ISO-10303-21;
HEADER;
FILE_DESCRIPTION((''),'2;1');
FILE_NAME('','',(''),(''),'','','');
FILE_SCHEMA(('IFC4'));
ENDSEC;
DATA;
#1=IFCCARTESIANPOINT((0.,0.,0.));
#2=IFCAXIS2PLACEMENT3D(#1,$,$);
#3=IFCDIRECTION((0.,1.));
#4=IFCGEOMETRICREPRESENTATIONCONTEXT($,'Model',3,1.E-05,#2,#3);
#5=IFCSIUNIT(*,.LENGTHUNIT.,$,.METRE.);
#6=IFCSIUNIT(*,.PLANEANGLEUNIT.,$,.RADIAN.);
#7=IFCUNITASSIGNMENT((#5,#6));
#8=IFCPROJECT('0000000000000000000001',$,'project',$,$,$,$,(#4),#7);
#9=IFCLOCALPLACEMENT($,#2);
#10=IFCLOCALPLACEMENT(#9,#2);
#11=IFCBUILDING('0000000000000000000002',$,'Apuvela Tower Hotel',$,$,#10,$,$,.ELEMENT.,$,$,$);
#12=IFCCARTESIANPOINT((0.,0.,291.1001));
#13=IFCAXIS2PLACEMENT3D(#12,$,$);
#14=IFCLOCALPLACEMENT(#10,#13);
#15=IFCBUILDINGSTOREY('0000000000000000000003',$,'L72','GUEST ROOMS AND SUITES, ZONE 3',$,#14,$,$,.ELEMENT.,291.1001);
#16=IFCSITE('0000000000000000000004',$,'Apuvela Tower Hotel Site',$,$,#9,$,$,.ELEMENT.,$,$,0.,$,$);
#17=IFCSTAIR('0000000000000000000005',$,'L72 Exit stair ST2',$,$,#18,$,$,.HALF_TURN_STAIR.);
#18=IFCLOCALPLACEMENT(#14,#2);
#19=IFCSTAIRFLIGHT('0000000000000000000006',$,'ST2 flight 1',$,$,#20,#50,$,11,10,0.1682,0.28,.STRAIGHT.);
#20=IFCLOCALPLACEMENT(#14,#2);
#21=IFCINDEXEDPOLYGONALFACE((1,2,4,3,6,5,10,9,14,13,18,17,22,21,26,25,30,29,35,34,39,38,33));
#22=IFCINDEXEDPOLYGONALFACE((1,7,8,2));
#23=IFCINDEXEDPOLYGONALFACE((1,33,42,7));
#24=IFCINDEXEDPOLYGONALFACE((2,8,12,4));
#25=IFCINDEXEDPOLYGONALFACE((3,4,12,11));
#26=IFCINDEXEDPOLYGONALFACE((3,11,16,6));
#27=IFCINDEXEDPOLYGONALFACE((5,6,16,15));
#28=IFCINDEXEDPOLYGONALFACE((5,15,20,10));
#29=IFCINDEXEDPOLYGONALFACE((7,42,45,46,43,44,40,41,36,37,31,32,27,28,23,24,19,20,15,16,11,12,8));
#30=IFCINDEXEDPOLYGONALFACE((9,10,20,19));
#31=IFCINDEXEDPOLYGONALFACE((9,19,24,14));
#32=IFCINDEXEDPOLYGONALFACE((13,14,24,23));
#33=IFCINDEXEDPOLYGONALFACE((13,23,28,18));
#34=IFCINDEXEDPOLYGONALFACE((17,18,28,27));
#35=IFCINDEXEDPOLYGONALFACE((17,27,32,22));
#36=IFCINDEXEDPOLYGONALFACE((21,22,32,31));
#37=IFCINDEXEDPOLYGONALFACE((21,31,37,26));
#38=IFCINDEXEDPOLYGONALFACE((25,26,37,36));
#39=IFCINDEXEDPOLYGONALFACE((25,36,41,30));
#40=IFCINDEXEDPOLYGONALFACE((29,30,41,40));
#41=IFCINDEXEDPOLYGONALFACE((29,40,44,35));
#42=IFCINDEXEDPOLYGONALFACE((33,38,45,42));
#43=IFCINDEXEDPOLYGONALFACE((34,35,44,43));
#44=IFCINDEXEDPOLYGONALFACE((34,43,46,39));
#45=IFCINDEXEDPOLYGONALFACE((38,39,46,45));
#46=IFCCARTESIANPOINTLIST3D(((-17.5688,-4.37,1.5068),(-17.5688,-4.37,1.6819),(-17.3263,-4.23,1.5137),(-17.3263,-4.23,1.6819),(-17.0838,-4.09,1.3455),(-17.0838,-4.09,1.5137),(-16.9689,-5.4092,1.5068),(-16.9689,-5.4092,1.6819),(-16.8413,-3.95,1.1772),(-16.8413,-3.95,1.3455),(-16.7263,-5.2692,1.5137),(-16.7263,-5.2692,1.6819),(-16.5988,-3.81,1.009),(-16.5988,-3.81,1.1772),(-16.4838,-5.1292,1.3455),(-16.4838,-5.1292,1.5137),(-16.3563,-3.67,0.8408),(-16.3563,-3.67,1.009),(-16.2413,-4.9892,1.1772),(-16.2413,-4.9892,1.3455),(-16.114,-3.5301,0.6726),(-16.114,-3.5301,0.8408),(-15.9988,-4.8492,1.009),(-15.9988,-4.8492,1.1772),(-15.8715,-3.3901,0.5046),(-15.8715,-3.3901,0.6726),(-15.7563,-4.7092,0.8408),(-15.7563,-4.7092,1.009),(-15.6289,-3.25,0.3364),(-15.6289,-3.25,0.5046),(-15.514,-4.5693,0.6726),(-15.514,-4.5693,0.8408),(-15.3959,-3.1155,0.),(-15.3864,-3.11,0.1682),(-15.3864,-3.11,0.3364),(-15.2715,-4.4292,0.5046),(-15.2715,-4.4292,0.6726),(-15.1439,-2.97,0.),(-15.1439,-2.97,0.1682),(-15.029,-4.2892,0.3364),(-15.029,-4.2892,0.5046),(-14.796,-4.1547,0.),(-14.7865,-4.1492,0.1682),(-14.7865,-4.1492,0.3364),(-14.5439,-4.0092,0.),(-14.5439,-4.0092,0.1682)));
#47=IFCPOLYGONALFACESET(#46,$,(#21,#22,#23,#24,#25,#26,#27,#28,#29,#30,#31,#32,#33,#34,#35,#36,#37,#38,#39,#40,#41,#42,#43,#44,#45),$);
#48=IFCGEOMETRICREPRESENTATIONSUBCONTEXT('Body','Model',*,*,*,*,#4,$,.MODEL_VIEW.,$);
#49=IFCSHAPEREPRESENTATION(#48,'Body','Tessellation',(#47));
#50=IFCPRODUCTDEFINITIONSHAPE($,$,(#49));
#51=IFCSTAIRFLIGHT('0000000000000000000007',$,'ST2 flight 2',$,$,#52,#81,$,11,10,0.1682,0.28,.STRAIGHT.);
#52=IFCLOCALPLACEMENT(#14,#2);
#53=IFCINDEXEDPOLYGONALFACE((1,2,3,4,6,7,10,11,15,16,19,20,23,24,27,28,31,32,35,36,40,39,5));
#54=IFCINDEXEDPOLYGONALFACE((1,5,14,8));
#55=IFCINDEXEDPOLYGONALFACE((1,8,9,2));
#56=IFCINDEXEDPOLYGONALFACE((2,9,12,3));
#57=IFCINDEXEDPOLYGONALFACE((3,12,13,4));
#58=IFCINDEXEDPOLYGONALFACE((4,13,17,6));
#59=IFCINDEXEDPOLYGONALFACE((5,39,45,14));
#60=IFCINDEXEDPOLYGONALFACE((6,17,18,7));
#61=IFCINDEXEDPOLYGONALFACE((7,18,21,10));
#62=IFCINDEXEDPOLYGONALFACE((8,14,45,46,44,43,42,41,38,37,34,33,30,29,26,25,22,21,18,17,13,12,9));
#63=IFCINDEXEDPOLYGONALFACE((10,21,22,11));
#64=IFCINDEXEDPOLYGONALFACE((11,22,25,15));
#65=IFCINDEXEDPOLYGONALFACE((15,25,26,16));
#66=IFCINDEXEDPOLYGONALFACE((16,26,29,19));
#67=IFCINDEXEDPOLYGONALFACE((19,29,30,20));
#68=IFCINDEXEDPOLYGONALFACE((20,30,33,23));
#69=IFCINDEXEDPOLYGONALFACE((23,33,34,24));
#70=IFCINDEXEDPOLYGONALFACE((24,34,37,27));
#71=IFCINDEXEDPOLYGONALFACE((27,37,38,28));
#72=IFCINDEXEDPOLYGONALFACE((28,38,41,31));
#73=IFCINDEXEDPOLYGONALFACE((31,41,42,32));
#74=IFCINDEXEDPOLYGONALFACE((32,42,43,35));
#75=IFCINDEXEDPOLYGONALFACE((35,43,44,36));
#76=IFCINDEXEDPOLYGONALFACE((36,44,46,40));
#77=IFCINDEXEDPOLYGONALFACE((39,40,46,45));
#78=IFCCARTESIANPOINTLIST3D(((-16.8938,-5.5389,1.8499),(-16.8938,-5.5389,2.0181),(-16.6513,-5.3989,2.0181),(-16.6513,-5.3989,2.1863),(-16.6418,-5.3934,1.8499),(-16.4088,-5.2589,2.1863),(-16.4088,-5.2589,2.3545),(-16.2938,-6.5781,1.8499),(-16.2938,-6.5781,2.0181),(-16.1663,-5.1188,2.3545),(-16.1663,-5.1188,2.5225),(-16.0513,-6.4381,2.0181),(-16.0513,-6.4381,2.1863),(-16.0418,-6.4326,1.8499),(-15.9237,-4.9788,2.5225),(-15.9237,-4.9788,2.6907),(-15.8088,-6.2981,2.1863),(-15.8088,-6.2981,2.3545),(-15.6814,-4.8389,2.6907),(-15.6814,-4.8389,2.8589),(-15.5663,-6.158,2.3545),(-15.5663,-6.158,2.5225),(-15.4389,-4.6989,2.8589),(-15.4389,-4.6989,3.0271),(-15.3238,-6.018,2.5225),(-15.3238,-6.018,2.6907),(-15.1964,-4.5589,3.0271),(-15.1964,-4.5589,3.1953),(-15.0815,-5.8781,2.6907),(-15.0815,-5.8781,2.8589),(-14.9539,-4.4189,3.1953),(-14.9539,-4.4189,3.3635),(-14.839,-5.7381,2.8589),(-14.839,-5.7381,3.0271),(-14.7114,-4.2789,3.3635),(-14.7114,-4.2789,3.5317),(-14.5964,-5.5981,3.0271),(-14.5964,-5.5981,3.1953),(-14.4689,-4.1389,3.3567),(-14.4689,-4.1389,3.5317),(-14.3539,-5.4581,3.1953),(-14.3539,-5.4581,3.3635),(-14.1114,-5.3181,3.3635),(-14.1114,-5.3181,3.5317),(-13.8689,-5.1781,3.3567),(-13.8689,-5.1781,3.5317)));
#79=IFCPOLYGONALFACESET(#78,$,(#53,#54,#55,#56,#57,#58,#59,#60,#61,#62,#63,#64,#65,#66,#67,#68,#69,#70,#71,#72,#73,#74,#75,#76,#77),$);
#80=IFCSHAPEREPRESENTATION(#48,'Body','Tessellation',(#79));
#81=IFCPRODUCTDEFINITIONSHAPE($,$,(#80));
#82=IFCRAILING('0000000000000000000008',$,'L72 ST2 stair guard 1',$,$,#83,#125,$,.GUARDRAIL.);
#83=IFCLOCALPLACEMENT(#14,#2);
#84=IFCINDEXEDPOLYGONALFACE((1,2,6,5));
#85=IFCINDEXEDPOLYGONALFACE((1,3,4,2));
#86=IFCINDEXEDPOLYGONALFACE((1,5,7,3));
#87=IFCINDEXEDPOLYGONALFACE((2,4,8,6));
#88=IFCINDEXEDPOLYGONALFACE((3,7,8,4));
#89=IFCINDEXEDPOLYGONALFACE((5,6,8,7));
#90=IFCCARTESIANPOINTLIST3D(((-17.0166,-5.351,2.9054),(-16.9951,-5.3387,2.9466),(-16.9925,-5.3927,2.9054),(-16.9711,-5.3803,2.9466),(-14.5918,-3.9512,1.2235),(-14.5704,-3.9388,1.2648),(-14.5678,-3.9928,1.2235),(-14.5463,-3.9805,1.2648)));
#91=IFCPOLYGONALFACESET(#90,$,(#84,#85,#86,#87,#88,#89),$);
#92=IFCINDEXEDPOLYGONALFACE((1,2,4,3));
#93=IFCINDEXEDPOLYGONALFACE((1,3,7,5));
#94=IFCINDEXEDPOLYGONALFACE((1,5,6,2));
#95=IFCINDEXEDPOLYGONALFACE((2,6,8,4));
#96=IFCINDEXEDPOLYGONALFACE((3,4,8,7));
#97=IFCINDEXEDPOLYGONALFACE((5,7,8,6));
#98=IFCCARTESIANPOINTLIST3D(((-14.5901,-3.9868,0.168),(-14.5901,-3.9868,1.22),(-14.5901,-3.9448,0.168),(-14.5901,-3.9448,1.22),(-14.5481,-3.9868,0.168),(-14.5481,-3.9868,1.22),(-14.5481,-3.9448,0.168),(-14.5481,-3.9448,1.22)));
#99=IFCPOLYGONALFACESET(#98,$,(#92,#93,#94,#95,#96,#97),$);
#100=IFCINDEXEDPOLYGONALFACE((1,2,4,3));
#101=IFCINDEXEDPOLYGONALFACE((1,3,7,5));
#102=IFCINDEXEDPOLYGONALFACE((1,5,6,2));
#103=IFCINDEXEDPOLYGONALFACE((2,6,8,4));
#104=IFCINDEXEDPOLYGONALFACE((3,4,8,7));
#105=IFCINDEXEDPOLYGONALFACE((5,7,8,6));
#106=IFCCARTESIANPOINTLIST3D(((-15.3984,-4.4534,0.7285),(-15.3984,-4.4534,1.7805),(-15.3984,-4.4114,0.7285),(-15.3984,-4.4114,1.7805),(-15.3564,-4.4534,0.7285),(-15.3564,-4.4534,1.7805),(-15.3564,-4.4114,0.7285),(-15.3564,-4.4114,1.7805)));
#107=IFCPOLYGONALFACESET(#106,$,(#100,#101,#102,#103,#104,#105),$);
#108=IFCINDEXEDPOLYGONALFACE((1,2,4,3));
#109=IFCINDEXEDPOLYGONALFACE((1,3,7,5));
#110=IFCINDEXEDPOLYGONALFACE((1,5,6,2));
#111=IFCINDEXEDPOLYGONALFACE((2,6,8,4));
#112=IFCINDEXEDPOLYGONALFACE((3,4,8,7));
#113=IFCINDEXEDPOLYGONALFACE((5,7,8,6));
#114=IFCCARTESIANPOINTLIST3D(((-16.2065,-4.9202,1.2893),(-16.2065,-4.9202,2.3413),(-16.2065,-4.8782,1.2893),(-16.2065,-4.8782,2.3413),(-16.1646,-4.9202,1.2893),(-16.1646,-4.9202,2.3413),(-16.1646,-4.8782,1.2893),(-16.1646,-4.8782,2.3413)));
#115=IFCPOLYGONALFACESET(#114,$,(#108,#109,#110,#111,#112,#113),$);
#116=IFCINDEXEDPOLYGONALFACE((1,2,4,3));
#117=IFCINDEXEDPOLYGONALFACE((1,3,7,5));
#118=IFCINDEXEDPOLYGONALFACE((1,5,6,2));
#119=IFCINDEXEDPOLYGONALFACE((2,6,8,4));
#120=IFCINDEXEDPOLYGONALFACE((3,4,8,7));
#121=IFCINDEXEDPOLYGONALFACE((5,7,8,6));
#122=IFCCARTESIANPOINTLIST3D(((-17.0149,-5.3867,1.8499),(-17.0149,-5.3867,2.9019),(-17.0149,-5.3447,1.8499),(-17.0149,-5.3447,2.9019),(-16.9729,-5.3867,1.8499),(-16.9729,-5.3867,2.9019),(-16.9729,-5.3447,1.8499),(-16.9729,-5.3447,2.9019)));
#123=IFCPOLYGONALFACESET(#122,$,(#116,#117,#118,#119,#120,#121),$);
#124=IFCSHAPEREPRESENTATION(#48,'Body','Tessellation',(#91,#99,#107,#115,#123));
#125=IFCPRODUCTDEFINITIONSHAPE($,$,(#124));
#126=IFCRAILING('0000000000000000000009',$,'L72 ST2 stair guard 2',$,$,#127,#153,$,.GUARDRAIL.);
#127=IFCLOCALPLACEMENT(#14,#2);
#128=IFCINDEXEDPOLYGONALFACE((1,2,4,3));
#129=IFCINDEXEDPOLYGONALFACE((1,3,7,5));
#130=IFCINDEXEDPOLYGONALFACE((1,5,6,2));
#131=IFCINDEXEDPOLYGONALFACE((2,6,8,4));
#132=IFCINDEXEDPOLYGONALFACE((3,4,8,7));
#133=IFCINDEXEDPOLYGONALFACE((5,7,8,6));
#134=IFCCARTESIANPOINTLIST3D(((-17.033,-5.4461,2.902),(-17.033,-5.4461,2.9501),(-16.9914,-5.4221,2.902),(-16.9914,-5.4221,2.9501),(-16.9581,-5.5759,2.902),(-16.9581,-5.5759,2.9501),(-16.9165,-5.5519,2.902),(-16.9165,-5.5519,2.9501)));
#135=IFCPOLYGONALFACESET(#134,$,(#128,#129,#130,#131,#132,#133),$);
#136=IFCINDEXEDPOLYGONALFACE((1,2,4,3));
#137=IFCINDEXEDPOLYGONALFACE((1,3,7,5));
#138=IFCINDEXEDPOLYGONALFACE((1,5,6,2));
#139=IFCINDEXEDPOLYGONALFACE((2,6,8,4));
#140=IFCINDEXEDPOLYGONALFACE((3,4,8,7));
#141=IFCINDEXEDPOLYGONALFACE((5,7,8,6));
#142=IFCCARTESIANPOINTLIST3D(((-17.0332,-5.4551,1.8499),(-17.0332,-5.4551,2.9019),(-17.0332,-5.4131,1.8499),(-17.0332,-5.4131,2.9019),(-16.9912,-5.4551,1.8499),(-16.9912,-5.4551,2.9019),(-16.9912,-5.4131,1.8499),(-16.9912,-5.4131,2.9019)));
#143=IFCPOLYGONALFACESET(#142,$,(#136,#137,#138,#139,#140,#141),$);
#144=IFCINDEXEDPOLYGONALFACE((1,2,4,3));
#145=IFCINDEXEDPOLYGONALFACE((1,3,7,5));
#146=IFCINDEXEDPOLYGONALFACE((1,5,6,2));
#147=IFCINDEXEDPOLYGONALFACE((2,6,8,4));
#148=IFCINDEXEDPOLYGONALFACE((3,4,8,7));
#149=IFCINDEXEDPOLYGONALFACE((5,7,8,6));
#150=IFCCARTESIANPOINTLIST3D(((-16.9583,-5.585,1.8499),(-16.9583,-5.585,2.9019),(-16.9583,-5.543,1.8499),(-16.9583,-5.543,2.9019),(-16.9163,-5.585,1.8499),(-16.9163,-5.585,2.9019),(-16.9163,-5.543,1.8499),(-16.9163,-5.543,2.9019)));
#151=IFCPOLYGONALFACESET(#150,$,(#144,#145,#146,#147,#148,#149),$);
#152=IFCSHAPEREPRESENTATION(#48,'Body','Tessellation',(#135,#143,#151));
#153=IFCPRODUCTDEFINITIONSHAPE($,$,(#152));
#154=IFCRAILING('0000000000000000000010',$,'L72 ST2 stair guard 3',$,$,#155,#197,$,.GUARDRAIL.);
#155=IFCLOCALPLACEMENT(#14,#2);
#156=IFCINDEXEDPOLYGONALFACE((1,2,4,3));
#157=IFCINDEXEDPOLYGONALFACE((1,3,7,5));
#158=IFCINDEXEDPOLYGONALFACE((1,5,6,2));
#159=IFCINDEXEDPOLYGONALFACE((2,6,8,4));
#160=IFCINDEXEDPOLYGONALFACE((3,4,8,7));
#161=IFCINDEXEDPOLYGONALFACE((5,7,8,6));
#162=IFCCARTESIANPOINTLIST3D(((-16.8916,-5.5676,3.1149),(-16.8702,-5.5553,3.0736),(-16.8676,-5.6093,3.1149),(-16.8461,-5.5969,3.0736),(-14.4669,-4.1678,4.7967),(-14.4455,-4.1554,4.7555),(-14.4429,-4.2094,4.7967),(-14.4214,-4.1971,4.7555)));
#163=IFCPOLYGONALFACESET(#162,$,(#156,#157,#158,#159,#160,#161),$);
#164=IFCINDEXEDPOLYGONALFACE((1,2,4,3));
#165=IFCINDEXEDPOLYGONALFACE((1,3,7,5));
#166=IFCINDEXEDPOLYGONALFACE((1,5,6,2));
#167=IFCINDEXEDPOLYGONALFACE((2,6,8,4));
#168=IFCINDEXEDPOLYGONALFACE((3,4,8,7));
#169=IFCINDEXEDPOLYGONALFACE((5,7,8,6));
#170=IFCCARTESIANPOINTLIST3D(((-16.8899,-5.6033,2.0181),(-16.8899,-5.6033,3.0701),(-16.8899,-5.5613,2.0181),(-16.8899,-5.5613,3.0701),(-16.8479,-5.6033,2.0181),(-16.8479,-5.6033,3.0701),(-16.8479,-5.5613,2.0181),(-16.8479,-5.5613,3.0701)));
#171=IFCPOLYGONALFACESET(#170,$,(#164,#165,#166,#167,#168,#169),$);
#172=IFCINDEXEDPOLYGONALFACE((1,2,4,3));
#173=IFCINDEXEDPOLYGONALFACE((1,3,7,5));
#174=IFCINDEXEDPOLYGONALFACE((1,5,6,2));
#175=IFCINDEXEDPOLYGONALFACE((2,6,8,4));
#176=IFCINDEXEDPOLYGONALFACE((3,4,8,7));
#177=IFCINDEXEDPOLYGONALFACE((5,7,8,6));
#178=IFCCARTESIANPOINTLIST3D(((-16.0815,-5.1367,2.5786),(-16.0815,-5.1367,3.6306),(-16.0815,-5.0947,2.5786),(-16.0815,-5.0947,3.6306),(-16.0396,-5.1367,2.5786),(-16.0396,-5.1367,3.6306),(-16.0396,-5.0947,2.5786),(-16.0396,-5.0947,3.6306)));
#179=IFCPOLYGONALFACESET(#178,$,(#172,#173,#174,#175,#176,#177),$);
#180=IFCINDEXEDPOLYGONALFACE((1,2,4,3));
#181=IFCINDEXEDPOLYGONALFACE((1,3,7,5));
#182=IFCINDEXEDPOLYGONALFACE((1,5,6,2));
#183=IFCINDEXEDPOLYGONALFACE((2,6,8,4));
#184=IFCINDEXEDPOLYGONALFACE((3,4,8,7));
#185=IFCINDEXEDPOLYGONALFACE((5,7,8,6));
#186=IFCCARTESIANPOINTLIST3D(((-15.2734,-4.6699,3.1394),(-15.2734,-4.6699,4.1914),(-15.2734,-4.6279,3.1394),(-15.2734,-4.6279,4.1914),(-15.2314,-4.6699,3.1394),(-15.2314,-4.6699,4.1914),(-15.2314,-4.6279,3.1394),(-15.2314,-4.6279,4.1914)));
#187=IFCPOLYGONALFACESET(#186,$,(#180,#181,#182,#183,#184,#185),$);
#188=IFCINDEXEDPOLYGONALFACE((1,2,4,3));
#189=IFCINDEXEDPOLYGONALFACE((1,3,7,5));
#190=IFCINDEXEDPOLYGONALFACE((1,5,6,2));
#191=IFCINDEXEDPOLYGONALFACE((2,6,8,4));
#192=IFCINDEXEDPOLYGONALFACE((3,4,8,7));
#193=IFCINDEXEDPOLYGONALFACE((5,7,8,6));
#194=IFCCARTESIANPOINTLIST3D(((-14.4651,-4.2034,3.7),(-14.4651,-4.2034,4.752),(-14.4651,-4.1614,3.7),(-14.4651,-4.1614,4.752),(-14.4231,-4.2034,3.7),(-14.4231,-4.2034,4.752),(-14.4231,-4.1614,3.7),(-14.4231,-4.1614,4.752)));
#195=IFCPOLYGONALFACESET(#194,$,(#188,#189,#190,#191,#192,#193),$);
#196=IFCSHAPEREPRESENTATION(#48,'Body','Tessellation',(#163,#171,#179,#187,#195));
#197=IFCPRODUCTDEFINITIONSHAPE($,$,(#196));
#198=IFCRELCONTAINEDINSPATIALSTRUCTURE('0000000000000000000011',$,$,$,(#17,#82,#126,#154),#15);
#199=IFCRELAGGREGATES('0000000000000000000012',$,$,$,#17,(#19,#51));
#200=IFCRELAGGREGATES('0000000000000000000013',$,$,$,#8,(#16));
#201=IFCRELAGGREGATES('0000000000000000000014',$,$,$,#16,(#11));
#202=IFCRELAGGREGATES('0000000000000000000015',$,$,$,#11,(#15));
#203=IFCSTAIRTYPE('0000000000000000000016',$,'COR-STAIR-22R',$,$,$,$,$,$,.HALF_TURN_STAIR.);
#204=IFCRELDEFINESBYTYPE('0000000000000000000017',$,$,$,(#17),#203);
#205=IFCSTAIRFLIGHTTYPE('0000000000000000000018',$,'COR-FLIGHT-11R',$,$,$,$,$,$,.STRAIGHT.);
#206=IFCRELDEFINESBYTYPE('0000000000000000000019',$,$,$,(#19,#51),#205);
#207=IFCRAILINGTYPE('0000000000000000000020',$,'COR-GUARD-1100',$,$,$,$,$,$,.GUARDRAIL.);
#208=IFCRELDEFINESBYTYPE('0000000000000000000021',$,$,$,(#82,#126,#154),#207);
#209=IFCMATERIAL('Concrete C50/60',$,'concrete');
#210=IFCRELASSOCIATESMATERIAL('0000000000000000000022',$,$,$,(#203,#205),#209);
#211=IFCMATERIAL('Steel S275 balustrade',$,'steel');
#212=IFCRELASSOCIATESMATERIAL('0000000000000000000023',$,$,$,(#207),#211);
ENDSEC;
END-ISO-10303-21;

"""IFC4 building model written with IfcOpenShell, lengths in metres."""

from ifc_helpers import new_model, si_unit, direction, frame, origin, origin_2d, place, context, subcontext, project, spatial, polyline, rectangle, outline, extrude, material, type_object, element, aggregate, save


model = new_model("IFC4")

# Units and contexts
model_context = context("Model", 3, precision=1e-05, world=origin(), true_north=direction((0.0, 1.0)))
body_context = subcontext(model_context, "Body", "Model", "MODEL_VIEW")
ifc_project = project(units=[si_unit("LENGTHUNIT", "METRE"), si_unit("PLANEANGLEUNIT", "RADIAN")], contexts=[model_context])

# Site, building, storey
site_placement = place(None, origin())
site = spatial("IfcSite", under=ifc_project, at=site_placement, Name="Apuvela Tower Hotel Site", CompositionType="ELEMENT", RefElevation=0.0)
building_placement = place(site_placement, origin())
building = spatial("IfcBuilding", under=site, at=building_placement, Name="Apuvela Tower Hotel", CompositionType="ELEMENT")
storey_placement = place(building_placement, frame((0.0, 0.0, 291.1001)))
storey = spatial("IfcBuildingStorey", under=building, at=storey_placement, Name="L72", Description="GUEST ROOMS AND SUITES, ZONE 3", CompositionType="ELEMENT", Elevation=291.1001)

# Shared definitions
ifc_material_1 = material(Name="Concrete C50/60", Category="concrete")

# Stair, stair flights
stair_type = type_object("IfcStairType", Name="COR-STAIR-22R", PredefinedType="HALF_TURN_STAIR", material=ifc_material_1)
stair_placement = place(storey_placement, origin())
stair = element("IfcStair", 1, at=stair_placement, inside=storey, type_object=stair_type, Name="L72 Exit stair ST2", PredefinedType="HALF_TURN_STAIR")
stair_flight_type = type_object("IfcStairFlightType", Name="COR-FLIGHT-11R", PredefinedType="STRAIGHT", material=ifc_material_1)
stair_flight_1_placement = place(storey_placement, frame((-14.844, -3.4895, 0.0), z_axis=(0.0, 0.0, 1.0), x_axis=(-0.866025, -0.5, 0.0)))
stair_flight_1 = element("IfcStairFlight", 2, at=stair_flight_1_placement, type_object=stair_flight_type, Name="ST2 flight 1", NumberOfRisers=11, NumberOfTreads=10, PredefinedType="STRAIGHT", RiserHeight=0.1682, TreadLength=0.28, context=body_context, shape_type="SweptSolid", body=[
    extrude(outline(polyline([(0.0, 0.0), (0.0, 0.1682), (0.28, 0.1682), (0.28, 0.3364), (0.5601, 0.3364), (0.5601, 0.5046), (0.8401, 0.5046), (0.8401, 0.6726), (1.1201, 0.6726), (1.1201, 0.8408), (1.3999, 0.8408), (1.3999, 1.009), (1.6799, 1.009), (1.6799, 1.1772), (1.96, 1.1772), (1.96, 1.3455), (2.24, 1.3455), (2.24, 1.5137), (2.52, 1.5137), (2.52, 1.6819), (2.8, 1.6819), (2.8, 1.8501), (2.8, 1.5068), (0.291, 0.0), (0.0, 0.0)])), frame((0.0, 0.6001, 0.0), z_axis=(0.0, -1.0, 0.0), x_axis=(1.0, 0.0, 0.0)), (0.0, 0.0, 1.0), 1.2),
])
stair_flight_2_placement = place(storey_placement, frame((-16.5938, -6.0586, 1.8499), z_axis=(0.0, 0.0, 1.0), x_axis=(0.866025, 0.5, 0.0)))
stair_flight_2 = element("IfcStairFlight", 3, at=stair_flight_2_placement, type_object=stair_flight_type, Name="ST2 flight 2", NumberOfRisers=11, NumberOfTreads=10, PredefinedType="STRAIGHT", RiserHeight=0.1682, TreadLength=0.28, context=body_context, shape_type="SweptSolid", body=[
    extrude(outline(polyline([(0.0, 0.0), (0.0, 0.1682), (0.28, 0.1682), (0.28, 0.3364), (0.5601, 0.3364), (0.5601, 0.5046), (0.8401, 0.5046), (0.8401, 0.6726), (1.1201, 0.6726), (1.1201, 0.8408), (1.3999, 0.8408), (1.3999, 1.009), (1.6799, 1.009), (1.6799, 1.1772), (1.96, 1.1772), (1.96, 1.3455), (2.24, 1.3455), (2.24, 1.5137), (2.52, 1.5137), (2.52, 1.6819), (2.8, 1.6819), (2.8, 1.8501), (2.8, 1.5068), (0.291, 0.0), (0.0, 0.0)])), frame((0.0, 0.6001, 0.0), z_axis=(0.0, -1.0, 0.0), x_axis=(1.0, 0.0, 0.0)), (0.0, 0.0, 1.0), 1.2),
])
aggregate(stair, [stair_flight_1, stair_flight_2])

# Railings
ifc_material_2 = material(Name="Steel S275 balustrade", Category="steel")
railing_type_1 = type_object("IfcRailingType", Name="COR-GUARD-1100", PredefinedType="GUARDRAIL", material=ifc_material_2)
railing_1_placement = place(storey_placement, frame((-14.5691, -3.9658, 0.168)))
element("IfcRailing", 4, at=railing_1_placement, inside=storey, type_object=railing_type_1, Name="L72 ST2 stair guard 1", PredefinedType="GUARDRAIL", context=body_context, shape_type="SweptSolid", body=[
    extrude(rectangle(XDim=0.0481, YDim=0.0481, at=origin_2d()), frame((0.0, 0.0, 1.0762), z_axis=(-0.74239, -0.428601, 0.514934), x_axis=(0.499984, -0.866035, 0.0)), (0.0, 0.0, 1.0), 3.2661),
    extrude(rectangle(XDim=0.042, YDim=0.042, at=origin_2d()), origin(), (0.0, 0.0, 1.0), 1.052),
    extrude(rectangle(XDim=0.042, YDim=0.042, at=origin_2d()), frame((-0.8083, -0.4666, 0.5605)), (0.0, 0.0, 1.0), 1.052),
    extrude(rectangle(XDim=0.042, YDim=0.042, at=origin_2d()), frame((-1.6165, -0.9333, 1.1213)), (0.0, 0.0, 1.0), 1.052),
    extrude(rectangle(XDim=0.042, YDim=0.042, at=origin_2d()), frame((-2.4248, -1.3999, 1.6819)), (0.0, 0.0, 1.0), 1.052),
])
railing_2_placement = place(storey_placement, frame((-17.0122, -5.4341, 1.8499)))
element("IfcRailing", 5, at=railing_2_placement, inside=storey, type_object=railing_type_1, Name="L72 ST2 stair guard 2", PredefinedType="GUARDRAIL", context=body_context, shape_type="SweptSolid", body=[
    extrude(rectangle(XDim=0.0481, YDim=0.0481, at=origin_2d()), frame((0.0, 0.0, 1.0762), z_axis=(0.499816, -0.866131, 0.0), x_axis=(0.866131, 0.499816, 0.0)), (0.0, 0.0, 1.0), 0.1499),
    extrude(rectangle(XDim=0.042, YDim=0.042, at=origin_2d()), origin(), (0.0, 0.0, 1.0), 1.052),
    extrude(rectangle(XDim=0.042, YDim=0.042, at=origin_2d()), frame((0.075, -0.1299, 0.0)), (0.0, 0.0, 1.0), 1.052),
])
railing_3_placement = place(storey_placement, frame((-16.8689, -5.5823, 2.0181)))
element("IfcRailing", 6, at=railing_3_placement, inside=storey, type_object=railing_type_1, Name="L72 ST2 stair guard 3", PredefinedType="GUARDRAIL", context=body_context, shape_type="SweptSolid", body=[
    extrude(rectangle(XDim=0.0481, YDim=0.0481, at=origin_2d()), frame((0.0, 0.0, 1.0762), z_axis=(0.74239, 0.428601, 0.514934), x_axis=(-0.499984, 0.866035, 0.0)), (0.0, 0.0, 1.0), 3.2661),
    extrude(rectangle(XDim=0.042, YDim=0.042, at=origin_2d()), origin(), (0.0, 0.0, 1.0), 1.052),
    extrude(rectangle(XDim=0.042, YDim=0.042, at=origin_2d()), frame((0.8083, 0.4666, 0.5605)), (0.0, 0.0, 1.0), 1.052),
    extrude(rectangle(XDim=0.042, YDim=0.042, at=origin_2d()), frame((1.6165, 0.9333, 1.1213)), (0.0, 0.0, 1.0), 1.052),
    extrude(rectangle(XDim=0.042, YDim=0.042, at=origin_2d()), frame((2.4248, 1.3999, 1.6819)), (0.0, 0.0, 1.0), 1.052),
])

save(model, "model.ifc")
